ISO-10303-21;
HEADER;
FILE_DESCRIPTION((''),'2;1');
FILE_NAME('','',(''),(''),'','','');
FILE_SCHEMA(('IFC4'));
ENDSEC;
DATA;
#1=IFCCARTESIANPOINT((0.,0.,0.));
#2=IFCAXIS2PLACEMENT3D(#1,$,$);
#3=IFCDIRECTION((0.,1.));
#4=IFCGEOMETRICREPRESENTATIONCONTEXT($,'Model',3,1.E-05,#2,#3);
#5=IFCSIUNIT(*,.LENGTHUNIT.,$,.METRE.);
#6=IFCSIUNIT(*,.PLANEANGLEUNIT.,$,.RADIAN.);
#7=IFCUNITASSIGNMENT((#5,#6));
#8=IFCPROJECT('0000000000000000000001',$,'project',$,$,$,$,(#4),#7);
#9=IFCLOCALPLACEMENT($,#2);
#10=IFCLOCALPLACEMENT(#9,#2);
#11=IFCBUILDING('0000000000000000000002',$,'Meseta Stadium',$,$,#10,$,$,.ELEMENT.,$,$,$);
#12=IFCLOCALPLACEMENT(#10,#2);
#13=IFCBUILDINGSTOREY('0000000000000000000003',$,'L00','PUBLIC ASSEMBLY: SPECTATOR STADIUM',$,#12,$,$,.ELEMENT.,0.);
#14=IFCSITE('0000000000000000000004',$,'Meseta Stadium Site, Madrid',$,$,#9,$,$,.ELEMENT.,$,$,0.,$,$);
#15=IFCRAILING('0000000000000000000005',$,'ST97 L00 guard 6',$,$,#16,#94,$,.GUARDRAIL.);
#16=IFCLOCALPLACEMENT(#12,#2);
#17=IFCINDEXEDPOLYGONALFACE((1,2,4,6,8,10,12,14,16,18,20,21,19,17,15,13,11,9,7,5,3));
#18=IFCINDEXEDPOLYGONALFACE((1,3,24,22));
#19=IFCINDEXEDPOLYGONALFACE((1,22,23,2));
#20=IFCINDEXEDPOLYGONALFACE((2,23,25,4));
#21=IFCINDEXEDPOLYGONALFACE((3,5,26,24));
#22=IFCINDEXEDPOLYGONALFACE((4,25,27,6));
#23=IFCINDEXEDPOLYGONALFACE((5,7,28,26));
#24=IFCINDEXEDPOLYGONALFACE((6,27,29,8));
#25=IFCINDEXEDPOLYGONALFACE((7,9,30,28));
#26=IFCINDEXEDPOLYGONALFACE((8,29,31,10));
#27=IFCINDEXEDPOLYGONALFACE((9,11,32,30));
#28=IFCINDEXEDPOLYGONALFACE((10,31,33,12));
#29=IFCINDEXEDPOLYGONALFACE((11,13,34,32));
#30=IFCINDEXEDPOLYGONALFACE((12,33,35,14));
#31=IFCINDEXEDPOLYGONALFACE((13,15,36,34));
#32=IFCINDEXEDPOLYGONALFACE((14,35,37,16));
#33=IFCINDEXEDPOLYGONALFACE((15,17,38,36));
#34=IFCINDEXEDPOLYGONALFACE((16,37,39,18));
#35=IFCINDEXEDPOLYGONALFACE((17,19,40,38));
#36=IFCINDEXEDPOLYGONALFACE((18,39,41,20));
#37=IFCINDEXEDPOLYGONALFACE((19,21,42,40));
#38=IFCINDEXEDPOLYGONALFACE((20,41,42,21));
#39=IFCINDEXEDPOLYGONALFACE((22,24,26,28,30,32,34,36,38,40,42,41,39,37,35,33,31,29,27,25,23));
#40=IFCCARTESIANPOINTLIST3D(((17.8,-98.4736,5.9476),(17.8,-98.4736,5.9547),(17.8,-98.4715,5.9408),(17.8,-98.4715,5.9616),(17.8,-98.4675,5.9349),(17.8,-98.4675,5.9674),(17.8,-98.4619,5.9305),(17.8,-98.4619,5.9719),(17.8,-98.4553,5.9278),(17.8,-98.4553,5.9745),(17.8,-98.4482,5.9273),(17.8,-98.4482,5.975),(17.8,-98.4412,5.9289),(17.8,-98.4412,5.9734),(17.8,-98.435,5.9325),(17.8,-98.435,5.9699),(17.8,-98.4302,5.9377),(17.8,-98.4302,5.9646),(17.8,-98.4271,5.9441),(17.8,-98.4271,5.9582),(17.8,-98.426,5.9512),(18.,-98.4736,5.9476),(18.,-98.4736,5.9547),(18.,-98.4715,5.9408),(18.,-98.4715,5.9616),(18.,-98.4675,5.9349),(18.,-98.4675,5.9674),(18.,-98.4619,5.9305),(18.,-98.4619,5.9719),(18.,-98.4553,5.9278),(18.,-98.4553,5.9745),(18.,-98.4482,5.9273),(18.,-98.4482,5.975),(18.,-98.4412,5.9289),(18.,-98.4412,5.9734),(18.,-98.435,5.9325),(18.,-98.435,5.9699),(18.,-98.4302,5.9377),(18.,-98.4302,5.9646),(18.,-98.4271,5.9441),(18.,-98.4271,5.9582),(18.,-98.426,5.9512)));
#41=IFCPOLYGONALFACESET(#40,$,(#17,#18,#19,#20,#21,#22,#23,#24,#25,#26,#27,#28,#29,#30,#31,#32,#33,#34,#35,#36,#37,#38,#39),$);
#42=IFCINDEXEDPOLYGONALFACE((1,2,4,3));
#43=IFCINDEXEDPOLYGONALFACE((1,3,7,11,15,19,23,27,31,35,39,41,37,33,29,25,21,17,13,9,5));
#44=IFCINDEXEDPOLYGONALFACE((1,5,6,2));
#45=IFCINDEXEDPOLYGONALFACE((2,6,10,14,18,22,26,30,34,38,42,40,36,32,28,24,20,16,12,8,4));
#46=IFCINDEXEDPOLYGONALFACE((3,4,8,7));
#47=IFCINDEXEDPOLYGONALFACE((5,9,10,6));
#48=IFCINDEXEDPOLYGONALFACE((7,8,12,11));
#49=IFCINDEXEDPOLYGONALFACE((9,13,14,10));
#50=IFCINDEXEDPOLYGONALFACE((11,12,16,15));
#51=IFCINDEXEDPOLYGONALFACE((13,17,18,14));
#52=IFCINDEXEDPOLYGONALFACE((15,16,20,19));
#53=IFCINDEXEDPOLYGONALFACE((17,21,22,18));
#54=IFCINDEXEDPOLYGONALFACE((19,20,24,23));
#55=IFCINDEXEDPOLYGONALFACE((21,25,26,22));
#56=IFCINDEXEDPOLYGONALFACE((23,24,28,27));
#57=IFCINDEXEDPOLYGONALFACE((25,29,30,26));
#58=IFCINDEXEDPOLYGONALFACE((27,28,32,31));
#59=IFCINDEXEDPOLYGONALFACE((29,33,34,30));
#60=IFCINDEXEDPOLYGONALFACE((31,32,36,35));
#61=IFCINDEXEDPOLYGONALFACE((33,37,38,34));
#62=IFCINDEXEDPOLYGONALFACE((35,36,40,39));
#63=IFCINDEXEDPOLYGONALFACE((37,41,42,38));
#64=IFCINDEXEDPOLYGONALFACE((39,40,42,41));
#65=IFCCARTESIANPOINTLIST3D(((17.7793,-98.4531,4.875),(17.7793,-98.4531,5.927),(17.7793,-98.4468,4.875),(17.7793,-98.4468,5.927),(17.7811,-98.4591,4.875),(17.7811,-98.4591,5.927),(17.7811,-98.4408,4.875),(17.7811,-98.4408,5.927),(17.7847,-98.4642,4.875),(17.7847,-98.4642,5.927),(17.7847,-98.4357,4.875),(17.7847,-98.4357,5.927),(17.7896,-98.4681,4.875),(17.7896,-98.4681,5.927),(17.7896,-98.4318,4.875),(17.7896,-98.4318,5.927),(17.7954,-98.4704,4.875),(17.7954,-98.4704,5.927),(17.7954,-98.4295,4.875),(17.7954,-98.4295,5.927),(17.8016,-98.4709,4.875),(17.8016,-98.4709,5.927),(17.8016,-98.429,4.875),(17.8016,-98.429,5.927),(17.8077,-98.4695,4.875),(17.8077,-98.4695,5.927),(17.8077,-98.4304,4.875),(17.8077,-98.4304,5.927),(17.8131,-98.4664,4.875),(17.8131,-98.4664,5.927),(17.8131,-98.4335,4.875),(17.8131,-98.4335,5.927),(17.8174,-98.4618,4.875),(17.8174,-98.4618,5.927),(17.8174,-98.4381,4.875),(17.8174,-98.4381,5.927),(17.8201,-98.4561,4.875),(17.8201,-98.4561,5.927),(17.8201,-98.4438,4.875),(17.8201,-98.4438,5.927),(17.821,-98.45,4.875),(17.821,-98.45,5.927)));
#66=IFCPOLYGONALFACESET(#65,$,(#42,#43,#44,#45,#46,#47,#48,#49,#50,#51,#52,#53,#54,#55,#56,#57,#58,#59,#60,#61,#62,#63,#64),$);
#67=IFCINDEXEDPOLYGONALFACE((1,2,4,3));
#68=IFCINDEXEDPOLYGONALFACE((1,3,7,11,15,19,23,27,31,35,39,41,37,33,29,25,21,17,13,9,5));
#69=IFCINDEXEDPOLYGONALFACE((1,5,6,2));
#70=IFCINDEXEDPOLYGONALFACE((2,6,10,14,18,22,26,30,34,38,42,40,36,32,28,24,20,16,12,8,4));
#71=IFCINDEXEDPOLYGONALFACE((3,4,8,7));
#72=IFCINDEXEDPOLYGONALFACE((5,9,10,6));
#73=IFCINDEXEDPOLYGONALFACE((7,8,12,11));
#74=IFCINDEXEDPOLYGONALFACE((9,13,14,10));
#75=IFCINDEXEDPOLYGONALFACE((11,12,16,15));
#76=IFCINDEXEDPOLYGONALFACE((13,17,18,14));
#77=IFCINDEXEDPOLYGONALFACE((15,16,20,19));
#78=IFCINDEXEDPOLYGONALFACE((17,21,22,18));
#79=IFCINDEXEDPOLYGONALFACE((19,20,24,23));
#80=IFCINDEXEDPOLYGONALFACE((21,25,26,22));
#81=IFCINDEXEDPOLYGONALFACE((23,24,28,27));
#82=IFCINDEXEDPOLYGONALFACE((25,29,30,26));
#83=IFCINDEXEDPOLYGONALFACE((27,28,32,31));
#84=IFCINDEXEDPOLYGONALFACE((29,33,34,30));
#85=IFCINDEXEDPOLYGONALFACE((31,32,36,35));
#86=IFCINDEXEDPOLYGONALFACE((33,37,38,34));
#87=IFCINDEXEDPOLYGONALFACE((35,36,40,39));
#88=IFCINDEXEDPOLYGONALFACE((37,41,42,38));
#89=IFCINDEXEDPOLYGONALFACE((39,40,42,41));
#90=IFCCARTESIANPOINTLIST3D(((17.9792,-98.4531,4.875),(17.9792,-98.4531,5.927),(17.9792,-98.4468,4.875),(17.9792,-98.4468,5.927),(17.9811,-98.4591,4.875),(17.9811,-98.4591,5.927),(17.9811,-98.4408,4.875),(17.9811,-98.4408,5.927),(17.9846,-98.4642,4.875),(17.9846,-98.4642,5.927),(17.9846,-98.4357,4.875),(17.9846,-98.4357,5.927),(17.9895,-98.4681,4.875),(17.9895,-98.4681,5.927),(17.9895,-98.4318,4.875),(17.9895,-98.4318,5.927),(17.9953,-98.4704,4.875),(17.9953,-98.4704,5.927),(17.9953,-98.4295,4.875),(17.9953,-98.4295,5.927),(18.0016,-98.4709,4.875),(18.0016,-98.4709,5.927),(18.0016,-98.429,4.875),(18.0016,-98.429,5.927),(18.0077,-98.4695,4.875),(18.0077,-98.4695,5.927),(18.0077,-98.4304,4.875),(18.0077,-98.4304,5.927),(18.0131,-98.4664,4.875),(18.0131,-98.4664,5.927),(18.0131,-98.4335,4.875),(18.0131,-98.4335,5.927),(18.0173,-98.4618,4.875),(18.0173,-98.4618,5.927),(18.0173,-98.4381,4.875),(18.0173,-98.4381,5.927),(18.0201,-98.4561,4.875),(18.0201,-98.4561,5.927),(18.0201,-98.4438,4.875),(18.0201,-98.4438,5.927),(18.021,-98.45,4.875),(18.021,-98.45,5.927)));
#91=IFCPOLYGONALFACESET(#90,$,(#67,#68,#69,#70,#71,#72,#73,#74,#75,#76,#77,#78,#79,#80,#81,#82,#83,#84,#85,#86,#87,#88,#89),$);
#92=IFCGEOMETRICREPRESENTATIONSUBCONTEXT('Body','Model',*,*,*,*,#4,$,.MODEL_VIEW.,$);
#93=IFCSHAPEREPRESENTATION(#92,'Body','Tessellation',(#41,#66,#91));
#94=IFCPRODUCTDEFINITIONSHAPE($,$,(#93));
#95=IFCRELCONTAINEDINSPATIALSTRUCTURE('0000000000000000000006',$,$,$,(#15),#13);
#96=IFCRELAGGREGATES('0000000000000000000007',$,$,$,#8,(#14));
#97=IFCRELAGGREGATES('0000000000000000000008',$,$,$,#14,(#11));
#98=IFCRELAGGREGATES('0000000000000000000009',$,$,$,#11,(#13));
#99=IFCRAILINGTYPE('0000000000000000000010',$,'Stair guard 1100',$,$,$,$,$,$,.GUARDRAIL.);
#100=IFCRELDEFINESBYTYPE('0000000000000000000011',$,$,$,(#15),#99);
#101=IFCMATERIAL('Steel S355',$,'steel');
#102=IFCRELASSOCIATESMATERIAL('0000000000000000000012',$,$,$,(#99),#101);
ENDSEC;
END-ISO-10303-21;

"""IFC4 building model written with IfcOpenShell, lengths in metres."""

from ifc_helpers import new_model, si_unit, direction, frame, origin, origin_2d, place, context, subcontext, project, spatial, circle, extrude, material, type_object, element, save


model = new_model("IFC4")

# Units and contexts
model_context = context("Model", 3, precision=1e-05, world=origin(), true_north=direction((0.0, 1.0)))
body_context = subcontext(model_context, "Body", "Model", "MODEL_VIEW")
ifc_project = project(units=[si_unit("LENGTHUNIT", "METRE"), si_unit("PLANEANGLEUNIT", "RADIAN")], contexts=[model_context])

# Site, building, storey
site_placement = place(None, origin())
site = spatial("IfcSite", under=ifc_project, at=site_placement, Name="Meseta Stadium Site, Madrid", CompositionType="ELEMENT", RefElevation=0.0)
building_placement = place(site_placement, origin())
building = spatial("IfcBuilding", under=site, at=building_placement, Name="Meseta Stadium", CompositionType="ELEMENT")
storey_placement = place(building_placement, origin())
storey = spatial("IfcBuildingStorey", under=building, at=storey_placement, Name="L00", Description="PUBLIC ASSEMBLY: SPECTATOR STADIUM", CompositionType="ELEMENT", Elevation=0.0)

# Railing
ifc_material_1 = material(Name="Steel S355", Category="steel")
railing_type_1 = type_object("IfcRailingType", Name="Stair guard 1100", PredefinedType="GUARDRAIL", material=ifc_material_1)
railing_1_placement = place(storey_placement, frame((17.8, -98.45, 4.875)))
element("IfcRailing", 1, at=railing_1_placement, inside=storey, type_object=railing_type_1, Name="ST97 L00 guard 6", PredefinedType="GUARDRAIL", context=body_context, shape_type="SweptSolid", body=[
    extrude(circle(Radius=0.0239, at=origin_2d()), frame((0.0, 0.0, 1.0762), z_axis=(1.0, 0.0, 0.0), x_axis=(0.0, 1.0, 0.0)), (0.0, 0.0, 1.0), 0.2),
    extrude(circle(Radius=0.021, at=origin_2d()), origin(), (0.0, 0.0, 1.0), 1.052),
    extrude(circle(Radius=0.021, at=origin_2d()), frame((0.2, 0.0, 0.0)), (0.0, 0.0, 1.0), 1.052),
])

save(model, "model.ifc")
